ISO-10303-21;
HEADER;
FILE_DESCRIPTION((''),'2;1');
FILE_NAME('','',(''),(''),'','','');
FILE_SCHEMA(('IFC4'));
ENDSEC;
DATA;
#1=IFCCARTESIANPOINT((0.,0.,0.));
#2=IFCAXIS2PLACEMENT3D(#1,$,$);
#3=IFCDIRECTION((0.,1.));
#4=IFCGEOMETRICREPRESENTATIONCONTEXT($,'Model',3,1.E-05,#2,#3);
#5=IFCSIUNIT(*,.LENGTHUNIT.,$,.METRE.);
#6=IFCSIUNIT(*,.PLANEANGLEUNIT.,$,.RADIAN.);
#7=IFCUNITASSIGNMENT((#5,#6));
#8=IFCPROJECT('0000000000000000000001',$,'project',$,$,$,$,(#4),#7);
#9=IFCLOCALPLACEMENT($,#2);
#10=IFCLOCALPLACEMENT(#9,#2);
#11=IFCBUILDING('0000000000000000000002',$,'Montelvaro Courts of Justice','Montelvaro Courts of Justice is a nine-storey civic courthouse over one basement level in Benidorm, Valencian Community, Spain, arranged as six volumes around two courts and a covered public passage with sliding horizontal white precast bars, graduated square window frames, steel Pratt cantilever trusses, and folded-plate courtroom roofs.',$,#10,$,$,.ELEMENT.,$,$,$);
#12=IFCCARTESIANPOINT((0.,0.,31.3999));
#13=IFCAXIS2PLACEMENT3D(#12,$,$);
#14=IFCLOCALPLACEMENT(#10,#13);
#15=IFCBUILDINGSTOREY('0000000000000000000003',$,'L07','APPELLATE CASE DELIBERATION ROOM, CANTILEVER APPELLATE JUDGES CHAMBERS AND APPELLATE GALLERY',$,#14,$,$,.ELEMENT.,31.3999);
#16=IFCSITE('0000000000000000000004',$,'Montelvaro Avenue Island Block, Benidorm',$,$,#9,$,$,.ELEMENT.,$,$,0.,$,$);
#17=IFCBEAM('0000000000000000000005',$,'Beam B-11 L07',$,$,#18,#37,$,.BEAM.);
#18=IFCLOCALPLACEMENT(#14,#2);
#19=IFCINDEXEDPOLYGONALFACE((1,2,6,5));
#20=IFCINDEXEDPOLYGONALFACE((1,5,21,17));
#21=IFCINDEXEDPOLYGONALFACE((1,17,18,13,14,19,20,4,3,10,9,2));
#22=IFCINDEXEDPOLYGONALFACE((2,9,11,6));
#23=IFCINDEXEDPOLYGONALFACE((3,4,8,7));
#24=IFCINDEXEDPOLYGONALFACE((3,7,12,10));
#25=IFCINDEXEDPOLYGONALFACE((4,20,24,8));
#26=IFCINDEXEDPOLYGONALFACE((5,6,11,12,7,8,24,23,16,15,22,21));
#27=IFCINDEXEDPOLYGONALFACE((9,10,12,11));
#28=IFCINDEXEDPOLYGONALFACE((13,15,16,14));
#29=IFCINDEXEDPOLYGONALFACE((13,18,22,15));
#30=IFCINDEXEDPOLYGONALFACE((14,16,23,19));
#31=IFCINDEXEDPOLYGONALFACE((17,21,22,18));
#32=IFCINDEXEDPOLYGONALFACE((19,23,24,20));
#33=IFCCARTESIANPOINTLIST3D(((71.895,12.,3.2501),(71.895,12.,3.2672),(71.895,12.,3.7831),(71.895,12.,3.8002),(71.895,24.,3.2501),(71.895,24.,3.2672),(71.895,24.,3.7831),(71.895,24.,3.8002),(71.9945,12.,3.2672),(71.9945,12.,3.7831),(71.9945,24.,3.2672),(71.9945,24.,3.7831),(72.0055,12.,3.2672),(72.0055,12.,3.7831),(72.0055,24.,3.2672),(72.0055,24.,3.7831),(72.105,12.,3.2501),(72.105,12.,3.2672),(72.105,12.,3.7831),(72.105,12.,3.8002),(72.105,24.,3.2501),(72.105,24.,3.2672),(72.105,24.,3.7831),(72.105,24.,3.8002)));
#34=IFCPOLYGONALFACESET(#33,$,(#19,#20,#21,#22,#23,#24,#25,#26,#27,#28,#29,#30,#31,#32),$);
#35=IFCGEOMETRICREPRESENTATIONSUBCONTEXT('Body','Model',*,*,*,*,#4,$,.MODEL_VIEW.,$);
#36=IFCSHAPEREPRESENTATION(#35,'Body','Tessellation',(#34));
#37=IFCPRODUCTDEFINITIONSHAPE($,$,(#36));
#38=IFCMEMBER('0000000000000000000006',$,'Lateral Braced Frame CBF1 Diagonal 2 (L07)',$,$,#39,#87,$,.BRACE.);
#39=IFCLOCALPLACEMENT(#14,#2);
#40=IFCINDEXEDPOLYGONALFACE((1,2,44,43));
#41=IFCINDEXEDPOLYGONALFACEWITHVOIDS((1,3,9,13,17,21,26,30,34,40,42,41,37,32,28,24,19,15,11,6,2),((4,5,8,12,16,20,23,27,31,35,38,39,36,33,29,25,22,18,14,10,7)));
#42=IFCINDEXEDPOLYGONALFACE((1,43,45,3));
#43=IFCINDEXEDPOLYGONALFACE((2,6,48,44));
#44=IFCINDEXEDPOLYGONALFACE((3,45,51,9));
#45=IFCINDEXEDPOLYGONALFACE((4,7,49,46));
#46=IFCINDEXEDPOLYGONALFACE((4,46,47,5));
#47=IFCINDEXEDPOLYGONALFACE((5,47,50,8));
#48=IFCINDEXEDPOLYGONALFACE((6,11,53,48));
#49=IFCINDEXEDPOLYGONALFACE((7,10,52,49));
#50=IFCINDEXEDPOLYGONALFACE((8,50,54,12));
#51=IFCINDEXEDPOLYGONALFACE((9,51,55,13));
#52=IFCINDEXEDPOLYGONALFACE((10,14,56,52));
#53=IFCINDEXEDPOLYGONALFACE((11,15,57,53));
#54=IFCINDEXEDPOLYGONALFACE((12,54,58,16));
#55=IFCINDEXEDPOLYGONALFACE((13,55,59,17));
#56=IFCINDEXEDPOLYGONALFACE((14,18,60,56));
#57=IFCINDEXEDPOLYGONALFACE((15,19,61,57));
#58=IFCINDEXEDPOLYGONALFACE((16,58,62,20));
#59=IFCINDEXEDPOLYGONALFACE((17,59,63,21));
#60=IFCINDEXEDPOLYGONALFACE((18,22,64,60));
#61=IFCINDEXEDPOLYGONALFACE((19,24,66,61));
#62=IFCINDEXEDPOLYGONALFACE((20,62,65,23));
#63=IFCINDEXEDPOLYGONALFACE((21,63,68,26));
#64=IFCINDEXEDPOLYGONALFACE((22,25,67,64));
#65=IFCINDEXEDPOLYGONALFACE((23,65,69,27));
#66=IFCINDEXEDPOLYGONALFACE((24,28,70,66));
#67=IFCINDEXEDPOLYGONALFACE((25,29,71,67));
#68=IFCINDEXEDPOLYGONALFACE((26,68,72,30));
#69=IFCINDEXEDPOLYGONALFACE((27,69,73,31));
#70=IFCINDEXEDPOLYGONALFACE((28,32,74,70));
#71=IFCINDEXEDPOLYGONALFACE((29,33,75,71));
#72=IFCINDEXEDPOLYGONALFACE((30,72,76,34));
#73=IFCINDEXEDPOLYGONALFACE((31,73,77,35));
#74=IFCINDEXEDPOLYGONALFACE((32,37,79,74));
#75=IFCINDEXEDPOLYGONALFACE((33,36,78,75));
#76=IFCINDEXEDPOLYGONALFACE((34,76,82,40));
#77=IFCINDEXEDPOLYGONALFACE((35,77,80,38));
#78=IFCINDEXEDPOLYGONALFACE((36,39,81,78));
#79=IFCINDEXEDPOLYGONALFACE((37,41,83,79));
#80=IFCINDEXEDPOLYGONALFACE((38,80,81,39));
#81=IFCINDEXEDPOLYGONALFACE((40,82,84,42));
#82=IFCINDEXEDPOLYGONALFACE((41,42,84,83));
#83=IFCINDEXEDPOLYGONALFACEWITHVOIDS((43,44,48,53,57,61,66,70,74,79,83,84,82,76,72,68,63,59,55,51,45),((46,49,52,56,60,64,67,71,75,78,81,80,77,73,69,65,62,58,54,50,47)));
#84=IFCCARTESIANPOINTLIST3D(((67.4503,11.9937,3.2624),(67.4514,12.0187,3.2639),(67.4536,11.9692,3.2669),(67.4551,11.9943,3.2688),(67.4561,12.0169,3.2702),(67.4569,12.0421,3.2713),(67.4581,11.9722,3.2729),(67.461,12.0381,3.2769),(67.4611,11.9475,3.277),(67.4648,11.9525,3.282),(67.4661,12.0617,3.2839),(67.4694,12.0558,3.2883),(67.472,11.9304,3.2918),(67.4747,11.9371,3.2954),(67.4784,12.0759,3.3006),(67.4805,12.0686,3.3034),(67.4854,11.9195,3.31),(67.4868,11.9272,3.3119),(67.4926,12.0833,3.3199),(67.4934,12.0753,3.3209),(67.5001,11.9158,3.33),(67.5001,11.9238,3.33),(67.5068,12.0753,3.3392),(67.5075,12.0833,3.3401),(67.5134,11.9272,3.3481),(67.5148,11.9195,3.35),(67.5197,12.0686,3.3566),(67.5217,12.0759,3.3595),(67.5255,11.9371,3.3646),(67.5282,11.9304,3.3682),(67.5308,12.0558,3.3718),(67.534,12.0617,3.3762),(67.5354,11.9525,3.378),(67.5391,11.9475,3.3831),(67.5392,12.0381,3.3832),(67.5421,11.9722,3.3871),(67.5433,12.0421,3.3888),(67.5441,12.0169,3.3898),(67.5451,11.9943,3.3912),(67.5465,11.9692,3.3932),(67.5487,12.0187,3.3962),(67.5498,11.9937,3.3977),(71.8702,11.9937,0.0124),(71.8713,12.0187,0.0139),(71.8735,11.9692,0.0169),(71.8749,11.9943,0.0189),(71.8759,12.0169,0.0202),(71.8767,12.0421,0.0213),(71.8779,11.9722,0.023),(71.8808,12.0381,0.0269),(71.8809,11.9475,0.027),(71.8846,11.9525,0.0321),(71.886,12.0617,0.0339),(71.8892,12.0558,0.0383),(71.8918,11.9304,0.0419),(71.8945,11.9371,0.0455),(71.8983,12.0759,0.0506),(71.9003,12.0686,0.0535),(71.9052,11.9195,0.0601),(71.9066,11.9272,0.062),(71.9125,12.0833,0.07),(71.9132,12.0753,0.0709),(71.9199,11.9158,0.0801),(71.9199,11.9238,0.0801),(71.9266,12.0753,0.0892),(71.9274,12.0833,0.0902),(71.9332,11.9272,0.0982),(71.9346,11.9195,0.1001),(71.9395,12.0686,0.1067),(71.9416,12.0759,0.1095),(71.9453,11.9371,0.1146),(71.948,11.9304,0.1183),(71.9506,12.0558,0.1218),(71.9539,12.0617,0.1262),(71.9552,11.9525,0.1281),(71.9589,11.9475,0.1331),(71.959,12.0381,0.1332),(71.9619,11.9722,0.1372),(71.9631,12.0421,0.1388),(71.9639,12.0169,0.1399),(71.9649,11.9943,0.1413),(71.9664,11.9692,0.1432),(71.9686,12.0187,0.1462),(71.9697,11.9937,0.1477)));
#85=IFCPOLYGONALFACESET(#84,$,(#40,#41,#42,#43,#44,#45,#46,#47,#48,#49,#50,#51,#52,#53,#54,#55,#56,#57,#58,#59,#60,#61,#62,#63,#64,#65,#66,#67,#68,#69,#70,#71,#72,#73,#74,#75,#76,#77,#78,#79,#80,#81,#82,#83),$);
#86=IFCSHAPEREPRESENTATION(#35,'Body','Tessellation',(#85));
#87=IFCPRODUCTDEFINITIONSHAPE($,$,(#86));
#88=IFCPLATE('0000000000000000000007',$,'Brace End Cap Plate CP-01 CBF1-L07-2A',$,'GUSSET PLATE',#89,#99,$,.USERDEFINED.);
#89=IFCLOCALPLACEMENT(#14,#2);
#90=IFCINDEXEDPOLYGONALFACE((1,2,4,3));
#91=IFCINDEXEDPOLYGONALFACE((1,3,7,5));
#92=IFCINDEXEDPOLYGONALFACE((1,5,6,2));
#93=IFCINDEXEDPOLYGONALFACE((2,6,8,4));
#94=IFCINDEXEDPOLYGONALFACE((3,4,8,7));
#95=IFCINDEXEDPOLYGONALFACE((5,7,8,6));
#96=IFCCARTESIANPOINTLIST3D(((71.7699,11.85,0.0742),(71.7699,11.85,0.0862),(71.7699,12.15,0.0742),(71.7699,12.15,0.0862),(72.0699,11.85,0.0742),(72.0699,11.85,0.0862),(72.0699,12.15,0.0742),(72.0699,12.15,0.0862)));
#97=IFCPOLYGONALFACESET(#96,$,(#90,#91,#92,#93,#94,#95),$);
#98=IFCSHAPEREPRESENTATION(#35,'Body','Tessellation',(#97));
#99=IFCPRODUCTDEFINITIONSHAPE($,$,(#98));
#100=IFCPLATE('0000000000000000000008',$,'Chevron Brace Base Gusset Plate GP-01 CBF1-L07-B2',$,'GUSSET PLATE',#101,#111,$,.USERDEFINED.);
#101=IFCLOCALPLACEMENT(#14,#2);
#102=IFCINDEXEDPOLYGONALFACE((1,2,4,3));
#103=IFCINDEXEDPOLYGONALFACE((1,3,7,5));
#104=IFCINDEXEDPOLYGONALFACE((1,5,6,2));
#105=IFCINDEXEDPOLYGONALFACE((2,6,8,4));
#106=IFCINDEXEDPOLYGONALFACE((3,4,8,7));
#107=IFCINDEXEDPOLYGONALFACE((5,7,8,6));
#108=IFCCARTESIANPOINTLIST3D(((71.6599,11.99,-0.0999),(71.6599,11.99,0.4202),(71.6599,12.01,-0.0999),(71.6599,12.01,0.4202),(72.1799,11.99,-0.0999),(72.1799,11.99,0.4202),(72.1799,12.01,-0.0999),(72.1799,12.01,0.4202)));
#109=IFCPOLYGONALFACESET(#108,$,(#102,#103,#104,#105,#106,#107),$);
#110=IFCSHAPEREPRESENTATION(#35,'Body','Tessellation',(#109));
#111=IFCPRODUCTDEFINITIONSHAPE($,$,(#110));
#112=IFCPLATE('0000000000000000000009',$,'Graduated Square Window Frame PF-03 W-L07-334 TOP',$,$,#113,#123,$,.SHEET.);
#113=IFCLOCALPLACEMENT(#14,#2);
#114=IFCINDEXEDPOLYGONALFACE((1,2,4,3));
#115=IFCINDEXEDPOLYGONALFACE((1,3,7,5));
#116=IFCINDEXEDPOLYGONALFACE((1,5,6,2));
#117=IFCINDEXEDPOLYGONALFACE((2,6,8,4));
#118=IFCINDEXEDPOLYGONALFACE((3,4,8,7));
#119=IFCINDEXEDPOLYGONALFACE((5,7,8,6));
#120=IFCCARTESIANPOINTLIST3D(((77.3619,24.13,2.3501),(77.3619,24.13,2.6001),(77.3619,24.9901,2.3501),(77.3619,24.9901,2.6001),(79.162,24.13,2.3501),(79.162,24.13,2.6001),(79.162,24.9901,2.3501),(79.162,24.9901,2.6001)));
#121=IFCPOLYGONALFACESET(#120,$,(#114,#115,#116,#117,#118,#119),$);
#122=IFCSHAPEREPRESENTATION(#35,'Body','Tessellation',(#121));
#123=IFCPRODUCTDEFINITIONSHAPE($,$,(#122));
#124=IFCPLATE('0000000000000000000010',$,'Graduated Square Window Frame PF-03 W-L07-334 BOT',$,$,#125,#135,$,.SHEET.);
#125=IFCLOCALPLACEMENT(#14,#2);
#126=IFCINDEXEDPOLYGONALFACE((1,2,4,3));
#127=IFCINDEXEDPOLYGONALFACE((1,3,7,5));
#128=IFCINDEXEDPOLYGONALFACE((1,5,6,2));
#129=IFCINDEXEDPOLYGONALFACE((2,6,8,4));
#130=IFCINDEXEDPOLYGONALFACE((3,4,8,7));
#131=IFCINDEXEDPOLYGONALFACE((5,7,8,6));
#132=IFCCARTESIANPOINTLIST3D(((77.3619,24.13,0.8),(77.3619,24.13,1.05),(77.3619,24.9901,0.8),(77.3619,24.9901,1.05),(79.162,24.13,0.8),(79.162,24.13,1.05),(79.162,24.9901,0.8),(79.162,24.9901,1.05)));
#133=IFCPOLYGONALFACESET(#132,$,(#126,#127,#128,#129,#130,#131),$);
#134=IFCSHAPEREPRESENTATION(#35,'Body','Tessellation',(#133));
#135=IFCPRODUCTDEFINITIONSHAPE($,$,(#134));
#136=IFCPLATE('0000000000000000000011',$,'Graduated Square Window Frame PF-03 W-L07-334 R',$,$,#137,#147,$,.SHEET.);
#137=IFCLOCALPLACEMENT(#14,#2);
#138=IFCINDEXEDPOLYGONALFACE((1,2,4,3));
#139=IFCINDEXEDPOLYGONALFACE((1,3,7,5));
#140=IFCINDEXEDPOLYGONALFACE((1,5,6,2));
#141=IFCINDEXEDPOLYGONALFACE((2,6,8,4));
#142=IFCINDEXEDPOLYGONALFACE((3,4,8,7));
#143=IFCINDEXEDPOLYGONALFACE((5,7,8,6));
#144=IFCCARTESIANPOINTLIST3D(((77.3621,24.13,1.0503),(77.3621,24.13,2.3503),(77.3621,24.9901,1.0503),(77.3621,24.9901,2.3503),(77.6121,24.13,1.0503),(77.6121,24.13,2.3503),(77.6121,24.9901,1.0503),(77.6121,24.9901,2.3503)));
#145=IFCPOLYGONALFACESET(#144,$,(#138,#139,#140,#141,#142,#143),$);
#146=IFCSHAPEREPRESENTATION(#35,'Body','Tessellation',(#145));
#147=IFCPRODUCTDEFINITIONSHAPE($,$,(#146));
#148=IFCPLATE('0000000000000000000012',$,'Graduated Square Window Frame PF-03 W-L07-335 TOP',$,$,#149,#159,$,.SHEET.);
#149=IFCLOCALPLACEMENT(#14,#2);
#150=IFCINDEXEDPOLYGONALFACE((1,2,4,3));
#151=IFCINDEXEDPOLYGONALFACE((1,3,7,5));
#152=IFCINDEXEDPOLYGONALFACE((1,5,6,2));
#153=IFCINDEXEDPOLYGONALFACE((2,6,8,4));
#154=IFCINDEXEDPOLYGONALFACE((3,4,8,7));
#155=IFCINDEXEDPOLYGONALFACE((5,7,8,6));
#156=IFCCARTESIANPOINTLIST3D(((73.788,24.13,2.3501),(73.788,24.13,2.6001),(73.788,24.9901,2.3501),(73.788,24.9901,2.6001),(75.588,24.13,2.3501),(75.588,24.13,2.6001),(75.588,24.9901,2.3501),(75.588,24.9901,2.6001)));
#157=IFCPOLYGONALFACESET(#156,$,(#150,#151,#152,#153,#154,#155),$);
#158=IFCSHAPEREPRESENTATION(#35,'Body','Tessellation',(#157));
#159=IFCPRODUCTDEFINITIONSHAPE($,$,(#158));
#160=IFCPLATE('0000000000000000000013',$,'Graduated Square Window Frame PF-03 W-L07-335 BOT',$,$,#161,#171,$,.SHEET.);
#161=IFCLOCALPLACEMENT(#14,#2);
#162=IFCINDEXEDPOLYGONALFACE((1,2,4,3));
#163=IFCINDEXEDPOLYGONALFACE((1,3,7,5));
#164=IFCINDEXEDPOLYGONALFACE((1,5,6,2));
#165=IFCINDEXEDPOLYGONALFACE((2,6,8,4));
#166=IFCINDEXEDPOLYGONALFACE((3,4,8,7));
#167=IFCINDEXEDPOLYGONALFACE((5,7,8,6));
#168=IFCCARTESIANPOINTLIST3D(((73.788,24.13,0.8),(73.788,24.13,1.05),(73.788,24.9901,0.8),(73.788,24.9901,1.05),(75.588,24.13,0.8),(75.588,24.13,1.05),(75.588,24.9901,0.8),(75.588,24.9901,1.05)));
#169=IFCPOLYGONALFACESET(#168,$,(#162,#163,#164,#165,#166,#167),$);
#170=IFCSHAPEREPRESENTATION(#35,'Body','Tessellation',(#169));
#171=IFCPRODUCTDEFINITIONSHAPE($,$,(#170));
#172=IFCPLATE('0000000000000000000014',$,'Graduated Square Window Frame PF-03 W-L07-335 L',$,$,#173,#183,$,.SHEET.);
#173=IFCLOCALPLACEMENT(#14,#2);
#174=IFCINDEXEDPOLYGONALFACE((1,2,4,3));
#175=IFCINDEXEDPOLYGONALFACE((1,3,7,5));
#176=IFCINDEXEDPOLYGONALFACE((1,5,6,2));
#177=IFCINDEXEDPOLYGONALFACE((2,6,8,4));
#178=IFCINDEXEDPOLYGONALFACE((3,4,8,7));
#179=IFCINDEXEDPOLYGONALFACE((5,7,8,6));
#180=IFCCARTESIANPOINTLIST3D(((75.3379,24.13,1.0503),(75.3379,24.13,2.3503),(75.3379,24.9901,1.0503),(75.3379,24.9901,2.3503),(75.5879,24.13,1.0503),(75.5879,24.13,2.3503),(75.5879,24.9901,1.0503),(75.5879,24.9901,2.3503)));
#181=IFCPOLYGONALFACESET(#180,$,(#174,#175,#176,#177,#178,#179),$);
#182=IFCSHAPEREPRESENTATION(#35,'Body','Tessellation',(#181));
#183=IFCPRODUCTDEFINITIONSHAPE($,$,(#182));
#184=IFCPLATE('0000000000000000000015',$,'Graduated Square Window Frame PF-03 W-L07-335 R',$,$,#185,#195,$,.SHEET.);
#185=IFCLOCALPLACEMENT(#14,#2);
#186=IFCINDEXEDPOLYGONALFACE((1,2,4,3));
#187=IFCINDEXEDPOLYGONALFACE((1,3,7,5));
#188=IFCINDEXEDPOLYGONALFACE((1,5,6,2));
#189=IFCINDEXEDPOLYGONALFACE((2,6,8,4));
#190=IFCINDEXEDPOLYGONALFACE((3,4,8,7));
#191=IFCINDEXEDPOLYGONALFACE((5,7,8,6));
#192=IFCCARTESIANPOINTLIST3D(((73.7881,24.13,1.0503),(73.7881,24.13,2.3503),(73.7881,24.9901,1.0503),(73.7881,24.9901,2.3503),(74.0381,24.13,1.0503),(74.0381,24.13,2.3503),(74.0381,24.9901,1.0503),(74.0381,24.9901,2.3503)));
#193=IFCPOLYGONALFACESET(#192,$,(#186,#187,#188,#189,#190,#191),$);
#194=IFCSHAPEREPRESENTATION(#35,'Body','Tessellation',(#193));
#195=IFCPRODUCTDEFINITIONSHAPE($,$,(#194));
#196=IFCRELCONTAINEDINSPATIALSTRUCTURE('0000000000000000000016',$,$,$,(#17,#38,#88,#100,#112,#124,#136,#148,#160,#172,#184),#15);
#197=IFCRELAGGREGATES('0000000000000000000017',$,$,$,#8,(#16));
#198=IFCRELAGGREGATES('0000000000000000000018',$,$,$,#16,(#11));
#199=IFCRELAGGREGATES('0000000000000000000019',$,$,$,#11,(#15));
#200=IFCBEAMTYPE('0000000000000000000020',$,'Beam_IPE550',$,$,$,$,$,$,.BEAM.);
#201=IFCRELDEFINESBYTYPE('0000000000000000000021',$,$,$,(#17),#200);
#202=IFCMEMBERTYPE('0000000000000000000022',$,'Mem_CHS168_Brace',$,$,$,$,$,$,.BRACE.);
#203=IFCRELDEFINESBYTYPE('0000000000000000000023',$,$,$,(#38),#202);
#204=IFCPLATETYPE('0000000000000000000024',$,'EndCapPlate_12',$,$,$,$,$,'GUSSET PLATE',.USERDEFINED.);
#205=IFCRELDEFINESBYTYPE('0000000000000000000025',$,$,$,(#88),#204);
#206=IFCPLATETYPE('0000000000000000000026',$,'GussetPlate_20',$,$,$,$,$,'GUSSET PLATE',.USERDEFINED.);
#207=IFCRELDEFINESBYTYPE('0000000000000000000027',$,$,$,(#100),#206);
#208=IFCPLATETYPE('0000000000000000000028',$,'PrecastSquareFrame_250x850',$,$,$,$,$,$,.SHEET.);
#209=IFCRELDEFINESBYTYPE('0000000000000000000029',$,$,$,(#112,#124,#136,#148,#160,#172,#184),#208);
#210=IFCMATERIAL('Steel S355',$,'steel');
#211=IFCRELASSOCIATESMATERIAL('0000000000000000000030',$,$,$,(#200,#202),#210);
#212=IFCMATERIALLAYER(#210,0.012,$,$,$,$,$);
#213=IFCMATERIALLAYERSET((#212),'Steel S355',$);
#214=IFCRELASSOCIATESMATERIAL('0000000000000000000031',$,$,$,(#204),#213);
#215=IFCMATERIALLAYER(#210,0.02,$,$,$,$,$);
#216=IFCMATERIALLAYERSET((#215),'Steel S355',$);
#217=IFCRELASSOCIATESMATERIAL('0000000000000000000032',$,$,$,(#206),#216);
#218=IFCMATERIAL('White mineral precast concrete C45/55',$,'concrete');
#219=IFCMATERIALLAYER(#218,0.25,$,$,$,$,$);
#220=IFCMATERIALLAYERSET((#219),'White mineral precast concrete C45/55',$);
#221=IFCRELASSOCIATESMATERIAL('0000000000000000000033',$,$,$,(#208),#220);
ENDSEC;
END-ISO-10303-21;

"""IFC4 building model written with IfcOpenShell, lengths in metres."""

from ifc_helpers import new_model, si_unit, direction, frame, origin, origin_2d, place, context, subcontext, project, spatial, rectangle, hollow_circle, i_section, extrude, material, layer, layer_set, material_profile, profile_set, type_object, element, save


model = new_model("IFC4")

# Units and contexts
model_context = context("Model", 3, precision=1e-05, world=origin(), true_north=direction((0.0, 1.0)))
body_context = subcontext(model_context, "Body", "Model", "MODEL_VIEW")
ifc_project = project(units=[si_unit("LENGTHUNIT", "METRE"), si_unit("PLANEANGLEUNIT", "RADIAN")], contexts=[model_context])

# Site, building, storey
site_placement = place(None, origin())
site = spatial("IfcSite", under=ifc_project, at=site_placement, Name="Montelvaro Avenue Island Block, Benidorm", CompositionType="ELEMENT", RefElevation=0.0)
building_placement = place(site_placement, origin())
building = spatial("IfcBuilding", under=site, at=building_placement, Name="Montelvaro Courts of Justice", Description="Montelvaro Courts of Justice is a nine-storey civic courthouse over one basement level in Benidorm, Valencian Community, Spain, arranged as six volumes around two courts and a covered public passage with sliding horizontal white precast bars, graduated square window frames, steel Pratt cantilever trusses, and folded-plate courtroom roofs.", CompositionType="ELEMENT")
storey_placement = place(building_placement, frame((0.0, 0.0, 31.3999)))
storey = spatial("IfcBuildingStorey", under=building, at=storey_placement, Name="L07", Description="APPELLATE CASE DELIBERATION ROOM, CANTILEVER APPELLATE JUDGES CHAMBERS AND APPELLATE GALLERY", CompositionType="ELEMENT", Elevation=31.3999)

# Shared definitions
ifc_material_1 = material(Name="Steel S355", Category="steel")

# Beam
ifc_material_profile_1 = material_profile(ifc_material_1, i_section(OverallWidth=0.21, OverallDepth=0.55, WebThickness=0.011, FlangeThickness=0.0171, at=origin_2d()), Name="IPE 550")
ifc_profile_set_1 = profile_set([ifc_material_profile_1], Name="Steel S355")
beam_type_1 = type_object("IfcBeamType", Name="Beam_IPE550", PredefinedType="BEAM", material=ifc_profile_set_1)
beam_1_placement = place(storey_placement, frame((72.0, 12.0, 3.5251), z_axis=(0.0, 1.0, 0.0), x_axis=(-1.0, 0.0, 0.0)))
element("IfcBeam", 1, at=beam_1_placement, inside=storey, type_object=beam_type_1, Name="Beam B-11 L07", PredefinedType="BEAM", context=body_context, shape_type="SweptSolid", body=[
    extrude(i_section(OverallWidth=0.21, OverallDepth=0.55, WebThickness=0.011, FlangeThickness=0.0171, at=origin_2d()), origin(), (0.0, 0.0, 1.0), 12.0),
])

# Member
ifc_material_profile_2 = material_profile(ifc_material_1, hollow_circle(Radius=0.0842, WallThickness=0.0081, at=origin_2d()), Name="CHS 168.3x8")
ifc_profile_set_2 = profile_set([ifc_material_profile_2], Name="Steel S355")
member_type = type_object("IfcMemberType", Name="Mem_CHS168_Brace", PredefinedType="BRACE", material=ifc_profile_set_2)
member_placement = place(storey_placement, frame((71.9199, 12.0, 0.0801), z_axis=(-0.805646, 0.0, 0.592397), x_axis=(0.0, -1.0, 0.0)))
element("IfcMember", 2, at=member_placement, inside=storey, type_object=member_type, Name="Lateral Braced Frame CBF1 Diagonal 2 (L07)", PredefinedType="BRACE", context=body_context, shape_type="SweptSolid", body=[
    extrude(hollow_circle(Radius=0.0842, WallThickness=0.0081, at=origin_2d()), origin(), (0.0, 0.0, 1.0), 5.4861),
])

# Plates
ifc_layer_1 = layer(ifc_material_1, 0.012)
ifc_layer_set_1 = layer_set([ifc_layer_1], Name="Steel S355")
plate_type_1 = type_object("IfcPlateType", Name="EndCapPlate_12", ElementType="GUSSET PLATE", PredefinedType="USERDEFINED", material=ifc_layer_set_1)
plate_1_placement = place(storey_placement, frame((71.9199, 12.0, 0.0742), z_axis=(0.0, 0.0, 1.0), x_axis=(1.0, 0.0, 0.0)))
element("IfcPlate", 3, at=plate_1_placement, inside=storey, type_object=plate_type_1, Name="Brace End Cap Plate CP-01 CBF1-L07-2A", ObjectType="GUSSET PLATE", PredefinedType="USERDEFINED", context=body_context, shape_type="SweptSolid", body=[
    extrude(rectangle(XDim=0.3, YDim=0.3, at=origin_2d()), origin(), (0.0, 0.0, 1.0), 0.012),
])
ifc_layer_2 = layer(ifc_material_1, 0.02)
ifc_layer_set_2 = layer_set([ifc_layer_2], Name="Steel S355")
plate_type_2 = type_object("IfcPlateType", Name="GussetPlate_20", ElementType="GUSSET PLATE", PredefinedType="USERDEFINED", material=ifc_layer_set_2)
plate_2_placement = place(storey_placement, frame((71.9199, 12.0, -0.0999), z_axis=(0.0, 0.0, 1.0), x_axis=(1.0, 0.0, 0.0)))
element("IfcPlate", 4, at=plate_2_placement, inside=storey, type_object=plate_type_2, Name="Chevron Brace Base Gusset Plate GP-01 CBF1-L07-B2", ObjectType="GUSSET PLATE", PredefinedType="USERDEFINED", context=body_context, shape_type="SweptSolid", body=[
    extrude(rectangle(XDim=0.52, YDim=0.02, at=origin_2d()), origin(), (0.0, 0.0, 1.0), 0.52),
])
ifc_material_2 = material(Name="White mineral precast concrete C45/55", Category="concrete")
ifc_layer_3 = layer(ifc_material_2, 0.25)
ifc_layer_set_3 = layer_set([ifc_layer_3], Name="White mineral precast concrete C45/55")
plate_type_3 = type_object("IfcPlateType", Name="PrecastSquareFrame_250x850", PredefinedType="SHEET", material=ifc_layer_set_3)
for number, where, z_axis, x_axis, name in (
    (5, (78.262, 24.5601, 2.3501), (0.0, 0.0, 1.0), (-1.0, 0.0, 0.0), "Graduated Square Window Frame PF-03 W-L07-334 TOP"),
    (6, (78.262, 24.5601, 0.8), (0.0, 0.0, 1.0), (-1.0, 0.0, 0.0), "Graduated Square Window Frame PF-03 W-L07-334 BOT"),
):
    element("IfcPlate", number, at=place(storey_placement, frame(where, z_axis=z_axis, x_axis=x_axis)), inside=storey, type_object=plate_type_3, Name=name, PredefinedType="SHEET", context=body_context, shape_type="SweptSolid", body=[
        extrude(rectangle(XDim=1.8, YDim=0.8601, at=origin_2d()), origin(), (0.0, 0.0, 1.0), 0.25),
    ])
plate_3_placement = place(storey_placement, frame((77.4871, 24.5601, 1.0503), z_axis=(0.0, 0.0, 1.0), x_axis=(-1.0, 0.0, 0.0)))
element("IfcPlate", 7, at=plate_3_placement, inside=storey, type_object=plate_type_3, Name="Graduated Square Window Frame PF-03 W-L07-334 R", PredefinedType="SHEET", context=body_context, shape_type="SweptSolid", body=[
    extrude(rectangle(XDim=0.25, YDim=0.8601, at=origin_2d()), origin(), (0.0, 0.0, 1.0), 1.3),
])
for number, where, z_axis, x_axis, name in (
    (8, (74.688, 24.5601, 2.3501), (0.0, 0.0, 1.0), (-1.0, 0.0, 0.0), "Graduated Square Window Frame PF-03 W-L07-335 TOP"),
    (9, (74.688, 24.5601, 0.8), (0.0, 0.0, 1.0), (-1.0, 0.0, 0.0), "Graduated Square Window Frame PF-03 W-L07-335 BOT"),
):
    element("IfcPlate", number, at=place(storey_placement, frame(where, z_axis=z_axis, x_axis=x_axis)), inside=storey, type_object=plate_type_3, Name=name, PredefinedType="SHEET", context=body_context, shape_type="SweptSolid", body=[
        extrude(rectangle(XDim=1.8, YDim=0.8601, at=origin_2d()), origin(), (0.0, 0.0, 1.0), 0.25),
    ])
for number, where, z_axis, x_axis, name in (
    (10, (75.4629, 24.5601, 1.0503), (0.0, 0.0, 1.0), (-1.0, 0.0, 0.0), "Graduated Square Window Frame PF-03 W-L07-335 L"),
    (11, (73.9131, 24.5601, 1.0503), (0.0, 0.0, 1.0), (-1.0, 0.0, 0.0), "Graduated Square Window Frame PF-03 W-L07-335 R"),
):
    element("IfcPlate", number, at=place(storey_placement, frame(where, z_axis=z_axis, x_axis=x_axis)), inside=storey, type_object=plate_type_3, Name=name, PredefinedType="SHEET", context=body_context, shape_type="SweptSolid", body=[
        extrude(rectangle(XDim=0.25, YDim=0.8601, at=origin_2d()), origin(), (0.0, 0.0, 1.0), 1.3),
    ])

save(model, "model.ifc")
